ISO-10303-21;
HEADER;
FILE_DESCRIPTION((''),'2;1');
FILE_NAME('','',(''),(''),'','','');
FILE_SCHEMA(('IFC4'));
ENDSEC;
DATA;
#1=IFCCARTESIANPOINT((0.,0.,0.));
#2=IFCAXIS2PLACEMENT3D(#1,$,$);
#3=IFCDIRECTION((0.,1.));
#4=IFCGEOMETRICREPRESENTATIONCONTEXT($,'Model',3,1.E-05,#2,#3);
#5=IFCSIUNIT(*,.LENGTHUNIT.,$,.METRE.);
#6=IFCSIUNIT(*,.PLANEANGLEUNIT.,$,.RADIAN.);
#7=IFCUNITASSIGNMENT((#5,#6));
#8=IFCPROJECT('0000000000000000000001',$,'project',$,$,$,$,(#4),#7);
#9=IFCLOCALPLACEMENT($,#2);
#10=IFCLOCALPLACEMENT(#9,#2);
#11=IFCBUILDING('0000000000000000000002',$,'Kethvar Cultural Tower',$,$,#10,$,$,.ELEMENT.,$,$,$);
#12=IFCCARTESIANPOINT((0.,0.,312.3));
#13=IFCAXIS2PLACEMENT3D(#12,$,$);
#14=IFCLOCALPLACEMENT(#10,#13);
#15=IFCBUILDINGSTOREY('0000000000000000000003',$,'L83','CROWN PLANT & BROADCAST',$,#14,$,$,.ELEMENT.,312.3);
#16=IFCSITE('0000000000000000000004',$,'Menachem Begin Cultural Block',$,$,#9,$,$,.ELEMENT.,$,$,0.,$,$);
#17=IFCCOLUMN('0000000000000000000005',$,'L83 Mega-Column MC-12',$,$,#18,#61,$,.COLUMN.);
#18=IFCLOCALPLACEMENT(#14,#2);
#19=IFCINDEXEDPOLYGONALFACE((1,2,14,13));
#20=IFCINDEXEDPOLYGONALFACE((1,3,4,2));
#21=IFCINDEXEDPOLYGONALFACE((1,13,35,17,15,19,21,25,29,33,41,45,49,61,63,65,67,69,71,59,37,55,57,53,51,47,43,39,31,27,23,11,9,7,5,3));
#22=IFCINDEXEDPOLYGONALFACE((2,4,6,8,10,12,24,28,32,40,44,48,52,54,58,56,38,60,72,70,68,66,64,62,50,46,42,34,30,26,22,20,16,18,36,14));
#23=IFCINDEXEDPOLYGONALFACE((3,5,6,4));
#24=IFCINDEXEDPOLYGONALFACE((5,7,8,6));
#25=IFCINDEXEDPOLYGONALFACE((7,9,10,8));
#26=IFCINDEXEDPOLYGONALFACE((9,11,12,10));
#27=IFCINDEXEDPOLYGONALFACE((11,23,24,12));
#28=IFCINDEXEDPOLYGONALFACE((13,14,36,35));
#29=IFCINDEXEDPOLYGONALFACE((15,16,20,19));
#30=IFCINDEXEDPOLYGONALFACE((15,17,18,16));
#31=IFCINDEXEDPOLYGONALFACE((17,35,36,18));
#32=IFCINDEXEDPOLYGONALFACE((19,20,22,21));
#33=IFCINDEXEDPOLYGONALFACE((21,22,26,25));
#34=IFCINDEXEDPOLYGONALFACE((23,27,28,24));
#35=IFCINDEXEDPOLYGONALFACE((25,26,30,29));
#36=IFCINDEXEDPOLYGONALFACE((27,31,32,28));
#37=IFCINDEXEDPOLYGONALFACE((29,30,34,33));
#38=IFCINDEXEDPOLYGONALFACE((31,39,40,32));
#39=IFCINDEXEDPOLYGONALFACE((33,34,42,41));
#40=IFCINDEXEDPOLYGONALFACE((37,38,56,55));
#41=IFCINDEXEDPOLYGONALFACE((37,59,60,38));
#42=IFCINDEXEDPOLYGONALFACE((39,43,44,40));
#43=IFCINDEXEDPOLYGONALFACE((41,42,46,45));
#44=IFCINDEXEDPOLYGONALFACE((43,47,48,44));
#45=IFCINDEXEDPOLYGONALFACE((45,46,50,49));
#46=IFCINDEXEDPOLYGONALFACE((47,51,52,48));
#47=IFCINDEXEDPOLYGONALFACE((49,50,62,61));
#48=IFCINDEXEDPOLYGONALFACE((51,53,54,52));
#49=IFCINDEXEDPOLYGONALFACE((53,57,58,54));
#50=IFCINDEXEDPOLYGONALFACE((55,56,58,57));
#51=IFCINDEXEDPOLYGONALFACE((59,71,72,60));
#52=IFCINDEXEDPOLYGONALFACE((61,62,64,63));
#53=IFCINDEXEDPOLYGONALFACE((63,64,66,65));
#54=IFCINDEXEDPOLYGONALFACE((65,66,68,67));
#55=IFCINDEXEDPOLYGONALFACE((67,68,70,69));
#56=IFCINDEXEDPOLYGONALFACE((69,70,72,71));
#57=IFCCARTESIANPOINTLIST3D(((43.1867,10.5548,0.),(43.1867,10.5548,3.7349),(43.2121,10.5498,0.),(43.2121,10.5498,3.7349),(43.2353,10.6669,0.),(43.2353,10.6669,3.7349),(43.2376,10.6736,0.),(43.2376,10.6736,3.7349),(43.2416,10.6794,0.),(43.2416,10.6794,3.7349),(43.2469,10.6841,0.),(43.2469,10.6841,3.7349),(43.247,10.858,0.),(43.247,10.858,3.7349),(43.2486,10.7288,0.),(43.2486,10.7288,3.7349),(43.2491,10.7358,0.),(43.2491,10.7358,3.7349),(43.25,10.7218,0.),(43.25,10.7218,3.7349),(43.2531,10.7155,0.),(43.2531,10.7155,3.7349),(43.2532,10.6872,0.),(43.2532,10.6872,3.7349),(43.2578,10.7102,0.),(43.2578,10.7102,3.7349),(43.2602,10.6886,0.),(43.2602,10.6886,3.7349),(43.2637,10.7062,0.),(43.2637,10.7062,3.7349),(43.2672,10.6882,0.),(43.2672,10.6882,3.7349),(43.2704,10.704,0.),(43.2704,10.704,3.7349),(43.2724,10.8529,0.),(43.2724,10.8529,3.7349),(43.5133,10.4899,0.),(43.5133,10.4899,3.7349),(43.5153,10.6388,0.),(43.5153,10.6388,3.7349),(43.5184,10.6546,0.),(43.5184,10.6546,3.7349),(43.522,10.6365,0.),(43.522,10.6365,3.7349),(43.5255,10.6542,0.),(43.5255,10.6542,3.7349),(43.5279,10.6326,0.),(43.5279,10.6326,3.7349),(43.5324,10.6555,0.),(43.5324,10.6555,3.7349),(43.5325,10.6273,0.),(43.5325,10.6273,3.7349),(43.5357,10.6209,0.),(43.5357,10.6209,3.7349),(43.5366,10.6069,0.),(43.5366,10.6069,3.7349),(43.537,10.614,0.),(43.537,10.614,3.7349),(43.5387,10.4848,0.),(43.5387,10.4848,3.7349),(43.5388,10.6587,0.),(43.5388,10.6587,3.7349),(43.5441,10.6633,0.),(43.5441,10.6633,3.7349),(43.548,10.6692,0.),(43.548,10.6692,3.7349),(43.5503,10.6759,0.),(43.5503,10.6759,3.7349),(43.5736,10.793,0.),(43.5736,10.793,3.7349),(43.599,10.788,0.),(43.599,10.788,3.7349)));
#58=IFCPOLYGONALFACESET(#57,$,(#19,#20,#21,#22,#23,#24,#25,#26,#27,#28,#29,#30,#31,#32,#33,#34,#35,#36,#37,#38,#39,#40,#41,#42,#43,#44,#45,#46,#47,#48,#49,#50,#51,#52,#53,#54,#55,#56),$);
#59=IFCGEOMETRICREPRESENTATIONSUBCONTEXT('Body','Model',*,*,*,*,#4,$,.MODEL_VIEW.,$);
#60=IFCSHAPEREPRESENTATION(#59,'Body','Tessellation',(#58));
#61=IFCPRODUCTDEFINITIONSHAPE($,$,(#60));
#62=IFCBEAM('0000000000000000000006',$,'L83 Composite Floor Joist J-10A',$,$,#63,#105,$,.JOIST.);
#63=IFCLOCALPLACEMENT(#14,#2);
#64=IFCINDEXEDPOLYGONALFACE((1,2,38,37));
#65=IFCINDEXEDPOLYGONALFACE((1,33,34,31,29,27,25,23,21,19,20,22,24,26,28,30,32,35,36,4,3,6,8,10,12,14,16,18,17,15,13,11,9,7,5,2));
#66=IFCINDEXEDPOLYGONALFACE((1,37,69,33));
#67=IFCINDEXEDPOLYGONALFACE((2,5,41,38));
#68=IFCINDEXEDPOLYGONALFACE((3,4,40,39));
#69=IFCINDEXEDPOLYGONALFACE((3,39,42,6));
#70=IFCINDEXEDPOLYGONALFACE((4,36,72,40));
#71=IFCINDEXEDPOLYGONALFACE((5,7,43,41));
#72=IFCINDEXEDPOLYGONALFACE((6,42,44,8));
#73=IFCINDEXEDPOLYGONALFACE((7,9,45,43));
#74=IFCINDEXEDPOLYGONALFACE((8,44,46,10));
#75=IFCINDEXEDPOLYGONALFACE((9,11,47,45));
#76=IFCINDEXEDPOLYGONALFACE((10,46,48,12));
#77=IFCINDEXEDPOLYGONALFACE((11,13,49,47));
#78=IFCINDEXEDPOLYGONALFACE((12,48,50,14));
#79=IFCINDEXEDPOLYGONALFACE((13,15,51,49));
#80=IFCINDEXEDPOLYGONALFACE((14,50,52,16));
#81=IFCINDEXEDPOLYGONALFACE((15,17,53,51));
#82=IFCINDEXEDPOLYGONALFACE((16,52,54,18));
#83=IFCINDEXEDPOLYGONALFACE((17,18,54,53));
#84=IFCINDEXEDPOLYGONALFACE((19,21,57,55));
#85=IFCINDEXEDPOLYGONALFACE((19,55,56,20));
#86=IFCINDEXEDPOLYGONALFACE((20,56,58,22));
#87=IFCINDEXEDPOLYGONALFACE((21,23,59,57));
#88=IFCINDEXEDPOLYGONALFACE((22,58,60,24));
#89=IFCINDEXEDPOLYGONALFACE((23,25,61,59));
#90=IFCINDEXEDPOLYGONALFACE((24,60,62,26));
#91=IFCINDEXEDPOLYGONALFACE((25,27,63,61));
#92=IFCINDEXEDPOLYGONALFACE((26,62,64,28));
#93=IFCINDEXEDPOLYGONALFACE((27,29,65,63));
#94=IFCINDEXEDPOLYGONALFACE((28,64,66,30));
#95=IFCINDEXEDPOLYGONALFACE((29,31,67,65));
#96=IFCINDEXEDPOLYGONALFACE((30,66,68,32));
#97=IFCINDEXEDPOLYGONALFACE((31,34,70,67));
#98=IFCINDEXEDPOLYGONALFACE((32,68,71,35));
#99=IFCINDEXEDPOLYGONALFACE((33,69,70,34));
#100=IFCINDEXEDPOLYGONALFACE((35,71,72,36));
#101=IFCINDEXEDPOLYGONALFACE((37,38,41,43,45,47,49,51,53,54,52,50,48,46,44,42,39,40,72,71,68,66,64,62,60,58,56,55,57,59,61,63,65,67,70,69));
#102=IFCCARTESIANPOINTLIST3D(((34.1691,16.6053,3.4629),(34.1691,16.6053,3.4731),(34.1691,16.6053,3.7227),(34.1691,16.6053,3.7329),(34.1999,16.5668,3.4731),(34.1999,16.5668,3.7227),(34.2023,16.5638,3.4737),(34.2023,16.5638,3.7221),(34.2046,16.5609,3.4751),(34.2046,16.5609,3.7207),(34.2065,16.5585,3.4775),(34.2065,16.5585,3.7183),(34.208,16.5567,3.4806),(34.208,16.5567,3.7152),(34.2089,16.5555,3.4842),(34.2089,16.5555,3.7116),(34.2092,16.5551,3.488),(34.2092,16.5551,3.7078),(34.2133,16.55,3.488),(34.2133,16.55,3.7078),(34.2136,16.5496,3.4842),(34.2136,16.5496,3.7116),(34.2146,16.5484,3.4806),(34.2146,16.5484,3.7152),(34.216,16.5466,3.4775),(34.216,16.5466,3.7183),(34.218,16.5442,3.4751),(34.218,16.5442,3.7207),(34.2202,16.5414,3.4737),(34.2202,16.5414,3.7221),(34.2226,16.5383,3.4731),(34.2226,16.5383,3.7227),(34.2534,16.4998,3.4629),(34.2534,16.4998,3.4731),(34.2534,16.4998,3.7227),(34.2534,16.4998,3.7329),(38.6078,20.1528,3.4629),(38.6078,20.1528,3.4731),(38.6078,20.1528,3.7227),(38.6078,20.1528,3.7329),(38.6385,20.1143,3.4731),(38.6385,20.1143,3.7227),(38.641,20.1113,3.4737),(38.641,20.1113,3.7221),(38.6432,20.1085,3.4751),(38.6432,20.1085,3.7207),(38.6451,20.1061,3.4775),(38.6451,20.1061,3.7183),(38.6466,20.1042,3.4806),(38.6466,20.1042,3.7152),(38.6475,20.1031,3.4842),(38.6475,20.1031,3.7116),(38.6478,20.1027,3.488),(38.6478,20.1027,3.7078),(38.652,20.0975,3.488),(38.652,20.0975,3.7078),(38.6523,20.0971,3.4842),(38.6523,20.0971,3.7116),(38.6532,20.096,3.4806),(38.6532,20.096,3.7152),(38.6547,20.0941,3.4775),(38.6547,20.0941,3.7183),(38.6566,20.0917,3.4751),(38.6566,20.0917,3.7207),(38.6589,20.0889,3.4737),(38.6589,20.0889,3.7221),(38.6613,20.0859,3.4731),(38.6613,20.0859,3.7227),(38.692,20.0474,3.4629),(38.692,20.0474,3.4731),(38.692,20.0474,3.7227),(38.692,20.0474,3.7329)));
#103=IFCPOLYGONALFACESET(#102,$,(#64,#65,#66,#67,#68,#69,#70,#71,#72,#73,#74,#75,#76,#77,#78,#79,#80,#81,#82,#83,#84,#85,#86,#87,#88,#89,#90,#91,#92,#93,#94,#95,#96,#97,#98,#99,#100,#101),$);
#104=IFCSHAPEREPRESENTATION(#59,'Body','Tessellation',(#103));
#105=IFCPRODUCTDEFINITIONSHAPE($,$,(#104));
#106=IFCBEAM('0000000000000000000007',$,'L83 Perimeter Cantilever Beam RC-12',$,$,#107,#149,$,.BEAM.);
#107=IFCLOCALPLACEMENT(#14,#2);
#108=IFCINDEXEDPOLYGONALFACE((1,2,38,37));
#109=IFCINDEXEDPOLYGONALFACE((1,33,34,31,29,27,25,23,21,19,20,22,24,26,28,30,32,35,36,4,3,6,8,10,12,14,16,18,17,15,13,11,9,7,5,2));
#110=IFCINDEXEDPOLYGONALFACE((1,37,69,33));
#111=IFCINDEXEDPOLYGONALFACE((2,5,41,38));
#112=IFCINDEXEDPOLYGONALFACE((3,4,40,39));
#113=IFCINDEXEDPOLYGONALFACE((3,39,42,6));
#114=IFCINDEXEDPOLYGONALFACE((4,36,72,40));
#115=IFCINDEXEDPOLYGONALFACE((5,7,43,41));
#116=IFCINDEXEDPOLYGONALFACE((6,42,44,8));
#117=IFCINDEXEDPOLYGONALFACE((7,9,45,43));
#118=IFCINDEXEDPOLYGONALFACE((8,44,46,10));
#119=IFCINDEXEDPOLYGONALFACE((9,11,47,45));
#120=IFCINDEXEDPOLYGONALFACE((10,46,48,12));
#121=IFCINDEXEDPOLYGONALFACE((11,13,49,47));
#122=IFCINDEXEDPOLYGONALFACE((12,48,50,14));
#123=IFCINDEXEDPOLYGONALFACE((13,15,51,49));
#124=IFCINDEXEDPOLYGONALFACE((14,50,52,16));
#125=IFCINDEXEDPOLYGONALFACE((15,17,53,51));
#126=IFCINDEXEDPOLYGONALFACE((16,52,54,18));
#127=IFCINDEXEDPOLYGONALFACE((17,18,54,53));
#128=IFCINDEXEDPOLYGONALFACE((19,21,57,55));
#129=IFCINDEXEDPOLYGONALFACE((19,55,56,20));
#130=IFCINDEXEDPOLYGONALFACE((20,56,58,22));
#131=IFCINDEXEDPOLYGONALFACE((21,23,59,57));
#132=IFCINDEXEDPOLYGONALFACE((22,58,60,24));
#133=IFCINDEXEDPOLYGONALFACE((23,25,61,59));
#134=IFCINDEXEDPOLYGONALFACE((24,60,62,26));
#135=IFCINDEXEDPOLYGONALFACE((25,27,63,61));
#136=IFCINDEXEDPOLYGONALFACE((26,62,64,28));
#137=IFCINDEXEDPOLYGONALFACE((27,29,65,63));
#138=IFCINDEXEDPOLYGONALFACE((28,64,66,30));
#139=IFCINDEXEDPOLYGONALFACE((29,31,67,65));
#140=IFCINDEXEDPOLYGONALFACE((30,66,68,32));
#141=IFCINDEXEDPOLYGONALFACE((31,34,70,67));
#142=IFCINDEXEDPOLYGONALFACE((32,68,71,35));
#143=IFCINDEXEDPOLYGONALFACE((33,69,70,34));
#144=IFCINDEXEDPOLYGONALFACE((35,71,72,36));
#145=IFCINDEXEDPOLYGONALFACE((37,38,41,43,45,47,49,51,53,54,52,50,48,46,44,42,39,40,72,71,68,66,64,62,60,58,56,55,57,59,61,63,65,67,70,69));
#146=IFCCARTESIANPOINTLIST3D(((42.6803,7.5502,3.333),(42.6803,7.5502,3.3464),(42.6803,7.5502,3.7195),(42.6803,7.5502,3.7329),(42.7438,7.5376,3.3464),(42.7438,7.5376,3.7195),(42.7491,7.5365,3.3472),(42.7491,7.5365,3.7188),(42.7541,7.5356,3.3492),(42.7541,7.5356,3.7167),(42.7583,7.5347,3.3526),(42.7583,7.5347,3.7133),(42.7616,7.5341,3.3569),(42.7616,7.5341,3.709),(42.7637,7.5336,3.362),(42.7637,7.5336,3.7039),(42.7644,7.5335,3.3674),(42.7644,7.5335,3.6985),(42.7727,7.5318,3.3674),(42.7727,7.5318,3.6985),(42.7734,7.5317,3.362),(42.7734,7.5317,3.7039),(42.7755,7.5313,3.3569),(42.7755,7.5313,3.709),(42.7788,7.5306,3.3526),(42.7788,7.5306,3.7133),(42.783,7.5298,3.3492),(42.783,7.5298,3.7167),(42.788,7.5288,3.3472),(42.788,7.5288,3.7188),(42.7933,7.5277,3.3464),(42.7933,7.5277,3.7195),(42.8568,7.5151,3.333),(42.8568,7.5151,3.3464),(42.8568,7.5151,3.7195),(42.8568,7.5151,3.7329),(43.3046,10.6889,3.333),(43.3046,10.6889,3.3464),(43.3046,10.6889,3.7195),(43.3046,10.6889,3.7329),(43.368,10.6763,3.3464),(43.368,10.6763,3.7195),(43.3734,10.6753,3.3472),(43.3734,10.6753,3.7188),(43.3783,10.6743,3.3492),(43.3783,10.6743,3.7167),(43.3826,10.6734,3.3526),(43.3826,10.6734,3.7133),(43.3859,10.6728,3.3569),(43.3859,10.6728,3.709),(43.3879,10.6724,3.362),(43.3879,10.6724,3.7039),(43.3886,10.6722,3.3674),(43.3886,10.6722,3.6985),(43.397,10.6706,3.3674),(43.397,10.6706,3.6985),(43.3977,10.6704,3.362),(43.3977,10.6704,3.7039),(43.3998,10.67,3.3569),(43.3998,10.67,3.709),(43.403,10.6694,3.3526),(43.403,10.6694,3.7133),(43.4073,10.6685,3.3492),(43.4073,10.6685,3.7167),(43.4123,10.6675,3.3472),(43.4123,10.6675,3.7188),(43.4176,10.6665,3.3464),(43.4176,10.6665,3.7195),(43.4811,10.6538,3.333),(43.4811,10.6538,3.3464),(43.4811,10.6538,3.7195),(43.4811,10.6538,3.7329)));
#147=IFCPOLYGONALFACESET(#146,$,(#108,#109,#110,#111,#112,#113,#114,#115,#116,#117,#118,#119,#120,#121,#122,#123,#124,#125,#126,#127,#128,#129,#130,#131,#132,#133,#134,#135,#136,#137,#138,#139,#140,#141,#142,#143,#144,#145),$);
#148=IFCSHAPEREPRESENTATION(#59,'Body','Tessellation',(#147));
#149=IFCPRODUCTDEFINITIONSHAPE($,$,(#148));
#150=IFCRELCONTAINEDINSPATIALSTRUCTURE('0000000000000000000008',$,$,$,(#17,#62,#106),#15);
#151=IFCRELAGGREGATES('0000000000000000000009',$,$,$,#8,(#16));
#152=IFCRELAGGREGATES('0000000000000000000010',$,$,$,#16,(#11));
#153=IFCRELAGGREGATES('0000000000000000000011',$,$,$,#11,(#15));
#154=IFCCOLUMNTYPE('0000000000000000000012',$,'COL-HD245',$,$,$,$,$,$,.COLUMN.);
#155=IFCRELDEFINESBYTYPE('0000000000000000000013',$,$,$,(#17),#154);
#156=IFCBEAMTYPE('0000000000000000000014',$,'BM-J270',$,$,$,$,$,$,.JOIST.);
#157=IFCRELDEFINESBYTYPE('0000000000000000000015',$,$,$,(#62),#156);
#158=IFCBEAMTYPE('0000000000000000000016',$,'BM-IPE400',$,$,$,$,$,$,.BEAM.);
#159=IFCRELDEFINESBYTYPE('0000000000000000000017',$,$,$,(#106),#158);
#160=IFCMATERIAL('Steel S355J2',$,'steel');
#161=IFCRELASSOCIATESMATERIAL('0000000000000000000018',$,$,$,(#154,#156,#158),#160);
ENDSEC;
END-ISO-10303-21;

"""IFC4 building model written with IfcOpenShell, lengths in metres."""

from ifc_helpers import new_model, si_unit, direction, frame, origin, origin_2d, place, context, subcontext, project, spatial, i_section, extrude, source, transform, mapped, material, material_profile, profile_set, type_object, element, save


model = new_model("IFC4")

# Units and contexts
model_context = context("Model", 3, precision=1e-05, world=origin(), true_north=direction((0.0, 1.0)))
body_context = subcontext(model_context, "Body", "Model", "MODEL_VIEW")
ifc_project = project(units=[si_unit("LENGTHUNIT", "METRE"), si_unit("PLANEANGLEUNIT", "RADIAN")], contexts=[model_context])

# Site, building, storey
site_placement = place(None, origin())
site = spatial("IfcSite", under=ifc_project, at=site_placement, Name="Menachem Begin Cultural Block", CompositionType="ELEMENT", RefElevation=0.0)
building_placement = place(site_placement, origin())
building = spatial("IfcBuilding", under=site, at=building_placement, Name="Kethvar Cultural Tower", CompositionType="ELEMENT")
storey_placement = place(building_placement, frame((0.0, 0.0, 312.3)))
storey = spatial("IfcBuildingStorey", under=building, at=storey_placement, Name="L83", Description="CROWN PLANT & BROADCAST", CompositionType="ELEMENT", Elevation=312.3)

# Column
ifc_material_1 = material(Name="Steel S355J2", Category="steel")
ifc_material_profile_1 = material_profile(ifc_material_1, i_section(OverallWidth=0.3091, OverallDepth=0.3589, WebThickness=0.0161, FlangeThickness=0.0259, FilletRadius=0.0271, at=origin_2d()), Name="Steel S355J2 — HD320x245")
ifc_profile_set_1 = profile_set([ifc_material_profile_1], Name="Steel S355J2 — HD320x245")
column_type = type_object("IfcColumnType", Name="COL-HD245", PredefinedType="COLUMN", material=ifc_profile_set_1)
shared_shape_1 = source(origin(), body_context, "Body", "SweptSolid", [
    extrude(i_section(OverallWidth=0.3091, OverallDepth=0.3589, WebThickness=0.0161, FlangeThickness=0.0259, FilletRadius=0.0271, at=origin_2d()), origin(), (0.0, 0.0, 1.0), 3.7349),
])
column_placement = place(storey_placement, frame((43.3928, 10.6714, 0.0), z_axis=(0.0, 0.0, 1.0), x_axis=(-0.19509, -0.980785, 0.0)))
element("IfcColumn", 1, at=column_placement, inside=storey, type_object=column_type, Name="L83 Mega-Column MC-12", PredefinedType="COLUMN", context=body_context, shape_type="MappedRepresentation", body=[
    mapped(shared_shape_1, transform((0.0, 0.0, 0.0), scale=1.0)),
])

# Beams
ifc_material_profile_2 = material_profile(ifc_material_1, i_section(OverallWidth=0.135, OverallDepth=0.27, WebThickness=0.0066, FlangeThickness=0.0103, FilletRadius=0.0149, at=origin_2d()), Name="Steel S355J2 — IPE270")
ifc_profile_set_2 = profile_set([ifc_material_profile_2], Name="Steel S355J2 — IPE270")
beam_type_1 = type_object("IfcBeamType", Name="BM-J270", PredefinedType="JOIST", material=ifc_profile_set_2)
shared_shape_2 = source(origin(), body_context, "Body", "SweptSolid", [
    extrude(i_section(OverallWidth=0.135, OverallDepth=0.27, WebThickness=0.0066, FlangeThickness=0.0103, FilletRadius=0.0149, at=origin_2d()), origin(), (0.0, 0.0, 1.0), 5.6821),
])
beam_1_placement = place(storey_placement, frame((38.6499, 20.1001, 3.5979), z_axis=(-0.781158, -0.624333, 0.0), x_axis=(0.624333, -0.781158, 0.0)))
element("IfcBeam", 2, at=beam_1_placement, inside=storey, type_object=beam_type_1, Name="L83 Composite Floor Joist J-10A", PredefinedType="JOIST", context=body_context, shape_type="MappedRepresentation", body=[
    mapped(shared_shape_2, transform((0.0, 0.0, 0.0), scale=1.0)),
])
ifc_material_profile_3 = material_profile(ifc_material_1, i_section(OverallWidth=0.1799, OverallDepth=0.3999, WebThickness=0.0085, FlangeThickness=0.0134, FilletRadius=0.021, at=origin_2d()), Name="Steel S355J2 — IPE400")
ifc_profile_set_3 = profile_set([ifc_material_profile_3], Name="Steel S355J2 — IPE400")
beam_type_2 = type_object("IfcBeamType", Name="BM-IPE400", PredefinedType="BEAM", material=ifc_profile_set_3)
shared_shape_3 = source(origin(), body_context, "Body", "SweptSolid", [
    extrude(i_section(OverallWidth=0.1799, OverallDepth=0.3999, WebThickness=0.0085, FlangeThickness=0.0134, FilletRadius=0.021, at=origin_2d()), origin(), (0.0, 0.0, 1.0), 3.2002),
])
beam_2_placement = place(storey_placement, frame((43.3928, 10.6714, 3.533), z_axis=(-0.195074, -0.980788, 0.0), x_axis=(0.980788, -0.195074, 0.0)))
element("IfcBeam", 3, at=beam_2_placement, inside=storey, type_object=beam_type_2, Name="L83 Perimeter Cantilever Beam RC-12", PredefinedType="BEAM", context=body_context, shape_type="MappedRepresentation", body=[
    mapped(shared_shape_3, transform((0.0, 0.0, 0.0), scale=1.0)),
])

save(model, "model.ifc")
